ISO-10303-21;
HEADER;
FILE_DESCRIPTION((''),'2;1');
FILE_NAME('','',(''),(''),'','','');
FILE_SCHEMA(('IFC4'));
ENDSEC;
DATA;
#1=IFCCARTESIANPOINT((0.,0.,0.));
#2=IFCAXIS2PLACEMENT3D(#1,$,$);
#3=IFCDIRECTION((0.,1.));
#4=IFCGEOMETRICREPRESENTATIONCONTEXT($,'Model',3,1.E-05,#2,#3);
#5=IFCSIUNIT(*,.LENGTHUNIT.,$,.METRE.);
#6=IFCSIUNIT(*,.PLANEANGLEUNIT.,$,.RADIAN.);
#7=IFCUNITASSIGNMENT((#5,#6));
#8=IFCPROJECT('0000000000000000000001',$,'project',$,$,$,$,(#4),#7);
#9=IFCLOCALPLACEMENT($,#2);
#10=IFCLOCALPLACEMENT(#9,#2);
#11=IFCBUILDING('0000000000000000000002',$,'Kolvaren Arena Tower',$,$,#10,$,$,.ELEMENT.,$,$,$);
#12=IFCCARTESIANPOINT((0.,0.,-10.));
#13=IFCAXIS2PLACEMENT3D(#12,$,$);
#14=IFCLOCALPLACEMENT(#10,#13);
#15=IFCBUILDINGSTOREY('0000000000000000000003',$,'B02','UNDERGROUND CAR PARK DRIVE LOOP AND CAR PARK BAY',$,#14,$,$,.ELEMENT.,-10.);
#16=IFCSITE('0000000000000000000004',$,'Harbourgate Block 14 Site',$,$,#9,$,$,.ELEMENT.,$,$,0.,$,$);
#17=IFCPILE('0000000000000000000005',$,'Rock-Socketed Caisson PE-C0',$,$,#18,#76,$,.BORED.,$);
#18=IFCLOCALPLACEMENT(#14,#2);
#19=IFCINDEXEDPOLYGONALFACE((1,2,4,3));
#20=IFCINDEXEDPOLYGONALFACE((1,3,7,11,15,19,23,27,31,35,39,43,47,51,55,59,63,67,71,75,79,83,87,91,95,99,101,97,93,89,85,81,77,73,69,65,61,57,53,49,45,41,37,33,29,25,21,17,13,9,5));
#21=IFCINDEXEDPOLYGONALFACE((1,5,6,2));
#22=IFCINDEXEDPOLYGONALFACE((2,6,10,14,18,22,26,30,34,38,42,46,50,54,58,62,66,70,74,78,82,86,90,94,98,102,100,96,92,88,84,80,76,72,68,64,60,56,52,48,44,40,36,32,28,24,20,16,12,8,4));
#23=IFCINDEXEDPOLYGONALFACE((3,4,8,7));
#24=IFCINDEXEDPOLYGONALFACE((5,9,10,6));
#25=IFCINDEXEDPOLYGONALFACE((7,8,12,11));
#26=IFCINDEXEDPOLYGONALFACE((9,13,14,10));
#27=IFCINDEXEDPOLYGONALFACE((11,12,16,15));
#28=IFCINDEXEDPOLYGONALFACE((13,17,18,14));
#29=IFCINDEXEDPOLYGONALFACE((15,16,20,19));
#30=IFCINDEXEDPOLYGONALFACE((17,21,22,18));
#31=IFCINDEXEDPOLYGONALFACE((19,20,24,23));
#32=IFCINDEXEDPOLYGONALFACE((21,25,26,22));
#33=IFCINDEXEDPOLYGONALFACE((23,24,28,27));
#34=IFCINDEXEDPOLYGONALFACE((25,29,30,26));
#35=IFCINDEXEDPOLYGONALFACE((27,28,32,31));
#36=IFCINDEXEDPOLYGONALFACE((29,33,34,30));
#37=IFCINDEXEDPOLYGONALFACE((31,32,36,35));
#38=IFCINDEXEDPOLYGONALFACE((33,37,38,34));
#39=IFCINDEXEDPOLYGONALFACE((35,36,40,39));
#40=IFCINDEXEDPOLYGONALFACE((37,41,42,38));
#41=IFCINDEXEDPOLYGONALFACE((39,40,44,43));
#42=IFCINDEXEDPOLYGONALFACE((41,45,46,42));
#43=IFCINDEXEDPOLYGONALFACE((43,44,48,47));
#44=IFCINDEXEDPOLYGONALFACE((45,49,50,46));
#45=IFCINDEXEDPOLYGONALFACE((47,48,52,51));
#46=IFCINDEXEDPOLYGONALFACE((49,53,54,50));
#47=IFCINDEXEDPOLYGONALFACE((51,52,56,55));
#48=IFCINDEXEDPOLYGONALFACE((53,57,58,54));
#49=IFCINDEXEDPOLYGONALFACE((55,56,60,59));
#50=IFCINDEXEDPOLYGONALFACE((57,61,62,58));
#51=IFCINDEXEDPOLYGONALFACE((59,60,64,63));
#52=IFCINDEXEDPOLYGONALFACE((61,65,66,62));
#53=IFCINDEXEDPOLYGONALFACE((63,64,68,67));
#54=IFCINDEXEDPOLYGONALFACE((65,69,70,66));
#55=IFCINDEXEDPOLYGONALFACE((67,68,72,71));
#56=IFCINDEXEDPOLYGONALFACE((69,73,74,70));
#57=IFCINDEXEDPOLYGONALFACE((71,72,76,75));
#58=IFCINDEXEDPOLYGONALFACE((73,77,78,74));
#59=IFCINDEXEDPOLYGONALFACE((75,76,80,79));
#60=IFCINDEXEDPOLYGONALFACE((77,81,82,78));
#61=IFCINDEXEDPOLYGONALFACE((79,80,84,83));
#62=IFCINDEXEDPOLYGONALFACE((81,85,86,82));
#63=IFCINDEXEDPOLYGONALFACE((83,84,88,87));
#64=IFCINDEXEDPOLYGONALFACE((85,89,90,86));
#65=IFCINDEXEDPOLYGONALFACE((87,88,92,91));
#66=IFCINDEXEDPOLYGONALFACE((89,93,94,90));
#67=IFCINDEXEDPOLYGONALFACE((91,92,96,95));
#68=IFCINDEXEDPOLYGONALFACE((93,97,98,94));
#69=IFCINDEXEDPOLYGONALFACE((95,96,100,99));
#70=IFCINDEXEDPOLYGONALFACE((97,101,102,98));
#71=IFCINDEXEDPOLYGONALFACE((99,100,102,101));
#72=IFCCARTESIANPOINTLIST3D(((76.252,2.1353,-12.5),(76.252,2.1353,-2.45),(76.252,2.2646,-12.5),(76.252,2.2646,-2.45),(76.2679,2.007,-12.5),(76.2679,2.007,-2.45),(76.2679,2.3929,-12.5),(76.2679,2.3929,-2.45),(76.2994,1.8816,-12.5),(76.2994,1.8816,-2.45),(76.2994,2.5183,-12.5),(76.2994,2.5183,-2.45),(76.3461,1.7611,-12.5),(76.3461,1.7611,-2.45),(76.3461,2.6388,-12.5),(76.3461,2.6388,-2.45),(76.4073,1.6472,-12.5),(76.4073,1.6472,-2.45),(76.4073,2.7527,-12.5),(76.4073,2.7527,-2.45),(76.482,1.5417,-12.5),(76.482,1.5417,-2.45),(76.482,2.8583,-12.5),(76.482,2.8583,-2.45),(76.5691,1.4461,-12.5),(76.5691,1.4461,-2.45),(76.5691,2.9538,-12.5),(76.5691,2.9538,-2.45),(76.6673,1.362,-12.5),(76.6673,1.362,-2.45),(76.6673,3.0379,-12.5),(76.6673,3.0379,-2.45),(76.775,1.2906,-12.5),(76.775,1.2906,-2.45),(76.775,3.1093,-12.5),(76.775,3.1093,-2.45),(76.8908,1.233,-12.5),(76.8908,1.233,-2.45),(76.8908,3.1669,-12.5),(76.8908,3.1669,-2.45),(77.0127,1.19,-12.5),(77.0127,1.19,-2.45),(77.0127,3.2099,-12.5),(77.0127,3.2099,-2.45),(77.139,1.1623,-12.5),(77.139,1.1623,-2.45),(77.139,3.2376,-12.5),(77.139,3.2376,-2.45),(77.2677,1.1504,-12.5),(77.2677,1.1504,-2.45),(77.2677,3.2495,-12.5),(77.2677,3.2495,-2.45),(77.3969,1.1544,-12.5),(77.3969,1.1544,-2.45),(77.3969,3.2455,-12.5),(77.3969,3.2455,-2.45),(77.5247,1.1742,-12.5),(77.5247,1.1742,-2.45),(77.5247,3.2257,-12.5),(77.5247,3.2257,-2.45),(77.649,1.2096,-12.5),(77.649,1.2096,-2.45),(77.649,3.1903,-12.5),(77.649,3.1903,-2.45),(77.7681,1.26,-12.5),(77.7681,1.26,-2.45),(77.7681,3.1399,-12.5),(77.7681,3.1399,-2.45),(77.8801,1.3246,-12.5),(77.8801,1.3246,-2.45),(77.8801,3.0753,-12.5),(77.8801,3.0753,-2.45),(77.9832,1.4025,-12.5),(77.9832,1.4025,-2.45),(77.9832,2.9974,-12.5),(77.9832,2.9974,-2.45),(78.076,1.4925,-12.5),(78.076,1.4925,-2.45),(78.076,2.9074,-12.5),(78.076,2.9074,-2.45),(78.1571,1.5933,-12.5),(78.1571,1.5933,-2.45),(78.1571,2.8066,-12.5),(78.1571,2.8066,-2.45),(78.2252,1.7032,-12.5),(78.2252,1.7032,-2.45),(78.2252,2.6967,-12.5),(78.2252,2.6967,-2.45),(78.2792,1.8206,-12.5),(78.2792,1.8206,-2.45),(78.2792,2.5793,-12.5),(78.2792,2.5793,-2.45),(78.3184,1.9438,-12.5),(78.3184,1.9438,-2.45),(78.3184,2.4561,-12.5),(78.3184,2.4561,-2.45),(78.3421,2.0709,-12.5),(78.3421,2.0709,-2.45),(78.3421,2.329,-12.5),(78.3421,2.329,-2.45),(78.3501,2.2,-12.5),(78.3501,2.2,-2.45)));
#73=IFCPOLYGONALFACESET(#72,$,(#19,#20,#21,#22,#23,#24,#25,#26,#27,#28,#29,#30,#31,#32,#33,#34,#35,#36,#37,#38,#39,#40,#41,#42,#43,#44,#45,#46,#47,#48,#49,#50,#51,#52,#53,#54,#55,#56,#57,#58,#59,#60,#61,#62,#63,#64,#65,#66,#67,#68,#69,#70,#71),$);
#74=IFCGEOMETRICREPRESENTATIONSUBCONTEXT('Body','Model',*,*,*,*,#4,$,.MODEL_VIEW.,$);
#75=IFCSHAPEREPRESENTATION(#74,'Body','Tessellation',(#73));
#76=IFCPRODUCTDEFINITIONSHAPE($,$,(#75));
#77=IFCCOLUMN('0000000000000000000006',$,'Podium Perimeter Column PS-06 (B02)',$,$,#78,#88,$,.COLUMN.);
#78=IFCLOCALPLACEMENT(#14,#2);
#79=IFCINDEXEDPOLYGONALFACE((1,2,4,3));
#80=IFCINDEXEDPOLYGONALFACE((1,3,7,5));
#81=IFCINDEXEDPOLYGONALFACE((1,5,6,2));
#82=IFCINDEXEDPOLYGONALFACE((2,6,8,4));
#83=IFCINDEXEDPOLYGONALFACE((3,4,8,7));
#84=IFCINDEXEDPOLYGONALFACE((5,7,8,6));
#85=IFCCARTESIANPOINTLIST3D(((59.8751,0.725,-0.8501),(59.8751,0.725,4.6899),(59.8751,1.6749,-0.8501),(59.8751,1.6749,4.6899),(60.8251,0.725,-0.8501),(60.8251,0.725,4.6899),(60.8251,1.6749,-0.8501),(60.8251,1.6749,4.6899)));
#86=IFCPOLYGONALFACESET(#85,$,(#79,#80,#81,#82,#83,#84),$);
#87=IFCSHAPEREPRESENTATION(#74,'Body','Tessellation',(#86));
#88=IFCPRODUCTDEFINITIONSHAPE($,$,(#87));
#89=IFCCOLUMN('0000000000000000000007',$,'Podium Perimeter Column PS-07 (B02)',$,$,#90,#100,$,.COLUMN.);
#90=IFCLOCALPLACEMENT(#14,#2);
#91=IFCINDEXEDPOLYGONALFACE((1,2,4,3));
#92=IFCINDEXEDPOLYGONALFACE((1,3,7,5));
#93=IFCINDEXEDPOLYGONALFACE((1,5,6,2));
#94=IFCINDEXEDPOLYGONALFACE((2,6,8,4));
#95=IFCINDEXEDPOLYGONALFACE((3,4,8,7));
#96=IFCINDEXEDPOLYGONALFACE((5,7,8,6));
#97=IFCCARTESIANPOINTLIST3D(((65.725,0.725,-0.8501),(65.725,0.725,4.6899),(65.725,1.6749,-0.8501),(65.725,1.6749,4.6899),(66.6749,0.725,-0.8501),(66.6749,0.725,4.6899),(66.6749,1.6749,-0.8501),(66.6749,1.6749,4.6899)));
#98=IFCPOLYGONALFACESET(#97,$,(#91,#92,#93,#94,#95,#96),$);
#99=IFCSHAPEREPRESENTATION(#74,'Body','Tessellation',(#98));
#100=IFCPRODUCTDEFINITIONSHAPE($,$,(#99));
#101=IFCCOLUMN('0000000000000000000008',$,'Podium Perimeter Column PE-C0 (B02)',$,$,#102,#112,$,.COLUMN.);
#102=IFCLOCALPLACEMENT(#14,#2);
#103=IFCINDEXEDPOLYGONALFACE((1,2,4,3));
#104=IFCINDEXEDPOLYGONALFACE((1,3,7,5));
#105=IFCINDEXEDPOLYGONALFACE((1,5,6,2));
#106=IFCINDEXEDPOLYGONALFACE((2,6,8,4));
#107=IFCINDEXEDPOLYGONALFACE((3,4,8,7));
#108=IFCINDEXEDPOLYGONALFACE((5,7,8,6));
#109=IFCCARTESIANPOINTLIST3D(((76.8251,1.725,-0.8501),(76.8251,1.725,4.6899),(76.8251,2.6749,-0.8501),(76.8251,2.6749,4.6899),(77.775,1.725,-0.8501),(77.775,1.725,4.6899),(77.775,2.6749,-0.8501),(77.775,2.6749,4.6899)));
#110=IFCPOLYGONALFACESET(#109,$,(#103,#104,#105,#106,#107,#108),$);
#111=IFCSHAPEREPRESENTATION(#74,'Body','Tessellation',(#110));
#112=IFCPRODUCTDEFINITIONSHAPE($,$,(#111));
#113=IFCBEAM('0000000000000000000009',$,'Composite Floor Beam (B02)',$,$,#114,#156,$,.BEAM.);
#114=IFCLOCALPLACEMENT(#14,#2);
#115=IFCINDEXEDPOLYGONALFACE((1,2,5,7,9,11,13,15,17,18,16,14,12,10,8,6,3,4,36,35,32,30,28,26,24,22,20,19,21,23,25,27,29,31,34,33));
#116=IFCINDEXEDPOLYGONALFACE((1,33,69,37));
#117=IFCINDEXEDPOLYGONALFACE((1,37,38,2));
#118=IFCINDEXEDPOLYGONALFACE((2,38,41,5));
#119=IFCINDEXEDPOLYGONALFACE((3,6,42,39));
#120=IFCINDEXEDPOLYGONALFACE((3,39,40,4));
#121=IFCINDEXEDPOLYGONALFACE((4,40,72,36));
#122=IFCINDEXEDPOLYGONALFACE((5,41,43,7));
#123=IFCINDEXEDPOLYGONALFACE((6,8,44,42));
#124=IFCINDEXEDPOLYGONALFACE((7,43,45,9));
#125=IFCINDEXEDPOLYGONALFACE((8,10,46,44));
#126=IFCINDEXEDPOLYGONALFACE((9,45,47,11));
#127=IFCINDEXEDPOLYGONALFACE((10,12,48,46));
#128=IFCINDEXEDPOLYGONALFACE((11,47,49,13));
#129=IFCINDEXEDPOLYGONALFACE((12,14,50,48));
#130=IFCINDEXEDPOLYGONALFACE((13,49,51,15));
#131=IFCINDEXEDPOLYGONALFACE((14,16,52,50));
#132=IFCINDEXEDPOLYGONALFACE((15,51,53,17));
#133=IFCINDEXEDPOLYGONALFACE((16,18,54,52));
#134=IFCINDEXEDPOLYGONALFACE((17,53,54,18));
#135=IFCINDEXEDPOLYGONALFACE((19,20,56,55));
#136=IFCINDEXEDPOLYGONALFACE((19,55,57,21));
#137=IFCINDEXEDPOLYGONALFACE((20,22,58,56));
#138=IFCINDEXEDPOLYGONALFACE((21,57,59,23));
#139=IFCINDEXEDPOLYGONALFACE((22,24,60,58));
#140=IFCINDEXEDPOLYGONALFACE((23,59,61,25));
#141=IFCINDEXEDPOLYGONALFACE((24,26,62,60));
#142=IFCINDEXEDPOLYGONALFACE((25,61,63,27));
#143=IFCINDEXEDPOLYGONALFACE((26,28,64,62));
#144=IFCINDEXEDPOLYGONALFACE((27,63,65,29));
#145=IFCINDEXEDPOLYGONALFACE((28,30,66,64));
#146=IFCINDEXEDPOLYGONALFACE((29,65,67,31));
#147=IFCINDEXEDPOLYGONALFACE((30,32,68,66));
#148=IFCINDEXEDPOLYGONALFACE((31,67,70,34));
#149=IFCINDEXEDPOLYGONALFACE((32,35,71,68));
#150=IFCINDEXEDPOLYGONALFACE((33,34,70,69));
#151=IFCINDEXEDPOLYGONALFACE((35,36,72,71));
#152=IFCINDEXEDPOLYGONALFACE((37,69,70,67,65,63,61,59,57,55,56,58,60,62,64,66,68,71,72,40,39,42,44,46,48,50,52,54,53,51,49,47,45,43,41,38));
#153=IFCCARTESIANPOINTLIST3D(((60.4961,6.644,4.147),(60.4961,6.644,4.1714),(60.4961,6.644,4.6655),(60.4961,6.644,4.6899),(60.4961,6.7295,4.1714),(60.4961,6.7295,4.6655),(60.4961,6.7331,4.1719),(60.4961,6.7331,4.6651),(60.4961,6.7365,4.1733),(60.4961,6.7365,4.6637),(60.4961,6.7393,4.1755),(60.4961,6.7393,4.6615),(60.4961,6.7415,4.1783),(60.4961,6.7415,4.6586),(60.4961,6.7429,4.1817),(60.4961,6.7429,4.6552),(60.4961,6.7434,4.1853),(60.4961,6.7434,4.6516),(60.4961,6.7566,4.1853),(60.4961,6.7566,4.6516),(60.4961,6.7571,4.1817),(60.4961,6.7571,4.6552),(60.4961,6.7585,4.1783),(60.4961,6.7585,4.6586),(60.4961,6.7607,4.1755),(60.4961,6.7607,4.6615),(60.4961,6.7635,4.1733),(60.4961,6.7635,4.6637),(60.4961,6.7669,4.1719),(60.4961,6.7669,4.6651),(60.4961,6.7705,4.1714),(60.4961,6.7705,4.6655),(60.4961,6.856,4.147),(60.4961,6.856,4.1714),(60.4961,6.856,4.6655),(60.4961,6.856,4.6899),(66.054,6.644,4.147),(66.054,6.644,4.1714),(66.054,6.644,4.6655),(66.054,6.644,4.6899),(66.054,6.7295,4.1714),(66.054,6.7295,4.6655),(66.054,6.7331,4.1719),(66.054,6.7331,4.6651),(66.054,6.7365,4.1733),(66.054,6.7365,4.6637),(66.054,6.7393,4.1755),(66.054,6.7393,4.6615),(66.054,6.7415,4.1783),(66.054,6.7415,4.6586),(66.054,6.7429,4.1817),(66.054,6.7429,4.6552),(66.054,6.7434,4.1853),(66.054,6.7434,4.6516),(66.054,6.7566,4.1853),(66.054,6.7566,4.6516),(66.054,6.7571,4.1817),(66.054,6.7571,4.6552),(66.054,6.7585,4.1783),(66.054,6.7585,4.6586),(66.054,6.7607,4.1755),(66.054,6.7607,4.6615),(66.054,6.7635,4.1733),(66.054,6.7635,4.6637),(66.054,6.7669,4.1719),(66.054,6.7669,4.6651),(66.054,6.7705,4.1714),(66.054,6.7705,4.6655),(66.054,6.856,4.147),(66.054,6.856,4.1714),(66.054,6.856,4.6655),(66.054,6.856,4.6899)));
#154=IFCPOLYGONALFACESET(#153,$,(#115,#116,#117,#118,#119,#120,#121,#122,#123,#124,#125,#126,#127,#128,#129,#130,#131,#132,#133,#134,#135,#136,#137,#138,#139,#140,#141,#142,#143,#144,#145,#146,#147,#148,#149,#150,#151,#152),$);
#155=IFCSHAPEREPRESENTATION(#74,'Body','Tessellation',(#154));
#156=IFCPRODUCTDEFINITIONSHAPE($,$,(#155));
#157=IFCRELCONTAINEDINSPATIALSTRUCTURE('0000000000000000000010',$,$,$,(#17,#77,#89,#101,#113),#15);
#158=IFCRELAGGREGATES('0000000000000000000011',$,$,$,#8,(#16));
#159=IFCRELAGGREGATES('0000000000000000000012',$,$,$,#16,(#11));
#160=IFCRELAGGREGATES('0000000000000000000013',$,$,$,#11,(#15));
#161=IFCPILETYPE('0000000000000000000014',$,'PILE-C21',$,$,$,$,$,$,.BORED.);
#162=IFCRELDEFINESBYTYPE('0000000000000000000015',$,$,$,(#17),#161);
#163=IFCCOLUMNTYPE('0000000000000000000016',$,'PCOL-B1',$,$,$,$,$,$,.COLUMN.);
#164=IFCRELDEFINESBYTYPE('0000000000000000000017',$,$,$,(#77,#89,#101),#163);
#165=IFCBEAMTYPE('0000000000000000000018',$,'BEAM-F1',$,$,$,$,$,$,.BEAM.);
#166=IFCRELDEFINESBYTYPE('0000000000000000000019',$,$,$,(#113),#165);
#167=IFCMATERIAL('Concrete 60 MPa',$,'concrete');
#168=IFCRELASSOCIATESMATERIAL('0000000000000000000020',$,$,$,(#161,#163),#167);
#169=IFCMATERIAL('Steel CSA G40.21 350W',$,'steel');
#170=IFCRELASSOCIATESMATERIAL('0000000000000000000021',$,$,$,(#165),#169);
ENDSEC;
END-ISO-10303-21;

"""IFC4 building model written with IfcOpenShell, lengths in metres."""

from ifc_helpers import new_model, si_unit, direction, frame, origin, origin_2d, place, context, subcontext, project, spatial, rectangle, circle, i_section, extrude, material, material_profile, profile_set, type_object, element, save


model = new_model("IFC4")

# Units and contexts
model_context = context("Model", 3, precision=1e-05, world=origin(), true_north=direction((0.0, 1.0)))
body_context = subcontext(model_context, "Body", "Model", "MODEL_VIEW")
ifc_project = project(units=[si_unit("LENGTHUNIT", "METRE"), si_unit("PLANEANGLEUNIT", "RADIAN")], contexts=[model_context])

# Site, building, storey
site_placement = place(None, origin())
site = spatial("IfcSite", under=ifc_project, at=site_placement, Name="Harbourgate Block 14 Site", CompositionType="ELEMENT", RefElevation=0.0)
building_placement = place(site_placement, origin())
building = spatial("IfcBuilding", under=site, at=building_placement, Name="Kolvaren Arena Tower", CompositionType="ELEMENT")
storey_placement = place(building_placement, frame((0.0, 0.0, -10.0)))
storey = spatial("IfcBuildingStorey", under=building, at=storey_placement, Name="B02", Description="UNDERGROUND CAR PARK DRIVE LOOP AND CAR PARK BAY", CompositionType="ELEMENT", Elevation=-10.0)

# Pile
ifc_material_1 = material(Name="Concrete 60 MPa", Category="concrete")
ifc_material_profile_1 = material_profile(ifc_material_1, circle(Radius=1.05, at=origin_2d()), Name="CAISSON-D2100")
ifc_profile_set_1 = profile_set([ifc_material_profile_1], Name="Concrete 60 MPa")
pile_type = type_object("IfcPileType", Name="PILE-C21", PredefinedType="BORED", material=ifc_profile_set_1)
for number, where, z_axis, x_axis, name in (
    (1, (77.3, 2.2, -2.45), (0.0, 0.0, -1.0), (1.0, 0.0, 0.0), "Rock-Socketed Caisson PE-C0"),
):
    element("IfcPile", number, at=place(storey_placement, frame(where, z_axis=z_axis, x_axis=x_axis)), inside=storey, type_object=pile_type, Name=name, PredefinedType="BORED", context=body_context, shape_type="SweptSolid", body=[
        extrude(circle(Radius=1.05, at=origin_2d()), origin(), (0.0, 0.0, 1.0), 10.05),
    ])

# Columns
ifc_material_profile_2 = material_profile(ifc_material_1, rectangle(XDim=0.95, YDim=0.95, at=origin_2d()), Name="RC-950x950")
ifc_profile_set_2 = profile_set([ifc_material_profile_2], Name="Concrete 60 MPa")
column_type = type_object("IfcColumnType", Name="PCOL-B1", PredefinedType="COLUMN", material=ifc_profile_set_2)
for number, where, z_axis, x_axis, name in (
    (2, (60.3501, 1.2, -0.8501), (0.0, 0.0, 1.0), (1.0, 0.0, 0.0), "Podium Perimeter Column PS-06 (B02)"),
    (3, (66.2, 1.2, -0.8501), (0.0, 0.0, 1.0), (1.0, 0.0, 0.0), "Podium Perimeter Column PS-07 (B02)"),
    (4, (77.3, 2.2, -0.8501), (0.0, 0.0, 1.0), (1.0, 0.0, 0.0), "Podium Perimeter Column PE-C0 (B02)"),
):
    element("IfcColumn", number, at=place(storey_placement, frame(where, z_axis=z_axis, x_axis=x_axis)), inside=storey, type_object=column_type, Name=name, PredefinedType="COLUMN", context=body_context, shape_type="SweptSolid", body=[
        extrude(rectangle(XDim=0.95, YDim=0.95, at=origin_2d()), origin(), (0.0, 0.0, 1.0), 5.54),
    ])

# Beam
ifc_material_2 = material(Name="Steel CSA G40.21 350W", Category="steel")
ifc_material_profile_3 = material_profile(ifc_material_2, i_section(OverallWidth=0.2119, OverallDepth=0.543, WebThickness=0.0132, FlangeThickness=0.0244, FilletRadius=0.0139, at=origin_2d()), Name="W530x150")
ifc_profile_set_3 = profile_set([ifc_material_profile_3], Name="Steel CSA G40.21 350W")
beam_type_1 = type_object("IfcBeamType", Name="BEAM-F1", PredefinedType="BEAM", material=ifc_profile_set_3)
beam_1_placement = place(storey_placement, frame((60.4961, 6.75, 4.4185), z_axis=(1.0, 0.0, 0.0), x_axis=(0.0, 1.0, 0.0)))
element("IfcBeam", 5, at=beam_1_placement, inside=storey, type_object=beam_type_1, Name="Composite Floor Beam (B02)", PredefinedType="BEAM", context=body_context, shape_type="SweptSolid", body=[
    extrude(i_section(OverallWidth=0.2119, OverallDepth=0.543, WebThickness=0.0132, FlangeThickness=0.0244, FilletRadius=0.0139, at=origin_2d()), origin(), (0.0, 0.0, 1.0), 5.5579),
])

save(model, "model.ifc")
